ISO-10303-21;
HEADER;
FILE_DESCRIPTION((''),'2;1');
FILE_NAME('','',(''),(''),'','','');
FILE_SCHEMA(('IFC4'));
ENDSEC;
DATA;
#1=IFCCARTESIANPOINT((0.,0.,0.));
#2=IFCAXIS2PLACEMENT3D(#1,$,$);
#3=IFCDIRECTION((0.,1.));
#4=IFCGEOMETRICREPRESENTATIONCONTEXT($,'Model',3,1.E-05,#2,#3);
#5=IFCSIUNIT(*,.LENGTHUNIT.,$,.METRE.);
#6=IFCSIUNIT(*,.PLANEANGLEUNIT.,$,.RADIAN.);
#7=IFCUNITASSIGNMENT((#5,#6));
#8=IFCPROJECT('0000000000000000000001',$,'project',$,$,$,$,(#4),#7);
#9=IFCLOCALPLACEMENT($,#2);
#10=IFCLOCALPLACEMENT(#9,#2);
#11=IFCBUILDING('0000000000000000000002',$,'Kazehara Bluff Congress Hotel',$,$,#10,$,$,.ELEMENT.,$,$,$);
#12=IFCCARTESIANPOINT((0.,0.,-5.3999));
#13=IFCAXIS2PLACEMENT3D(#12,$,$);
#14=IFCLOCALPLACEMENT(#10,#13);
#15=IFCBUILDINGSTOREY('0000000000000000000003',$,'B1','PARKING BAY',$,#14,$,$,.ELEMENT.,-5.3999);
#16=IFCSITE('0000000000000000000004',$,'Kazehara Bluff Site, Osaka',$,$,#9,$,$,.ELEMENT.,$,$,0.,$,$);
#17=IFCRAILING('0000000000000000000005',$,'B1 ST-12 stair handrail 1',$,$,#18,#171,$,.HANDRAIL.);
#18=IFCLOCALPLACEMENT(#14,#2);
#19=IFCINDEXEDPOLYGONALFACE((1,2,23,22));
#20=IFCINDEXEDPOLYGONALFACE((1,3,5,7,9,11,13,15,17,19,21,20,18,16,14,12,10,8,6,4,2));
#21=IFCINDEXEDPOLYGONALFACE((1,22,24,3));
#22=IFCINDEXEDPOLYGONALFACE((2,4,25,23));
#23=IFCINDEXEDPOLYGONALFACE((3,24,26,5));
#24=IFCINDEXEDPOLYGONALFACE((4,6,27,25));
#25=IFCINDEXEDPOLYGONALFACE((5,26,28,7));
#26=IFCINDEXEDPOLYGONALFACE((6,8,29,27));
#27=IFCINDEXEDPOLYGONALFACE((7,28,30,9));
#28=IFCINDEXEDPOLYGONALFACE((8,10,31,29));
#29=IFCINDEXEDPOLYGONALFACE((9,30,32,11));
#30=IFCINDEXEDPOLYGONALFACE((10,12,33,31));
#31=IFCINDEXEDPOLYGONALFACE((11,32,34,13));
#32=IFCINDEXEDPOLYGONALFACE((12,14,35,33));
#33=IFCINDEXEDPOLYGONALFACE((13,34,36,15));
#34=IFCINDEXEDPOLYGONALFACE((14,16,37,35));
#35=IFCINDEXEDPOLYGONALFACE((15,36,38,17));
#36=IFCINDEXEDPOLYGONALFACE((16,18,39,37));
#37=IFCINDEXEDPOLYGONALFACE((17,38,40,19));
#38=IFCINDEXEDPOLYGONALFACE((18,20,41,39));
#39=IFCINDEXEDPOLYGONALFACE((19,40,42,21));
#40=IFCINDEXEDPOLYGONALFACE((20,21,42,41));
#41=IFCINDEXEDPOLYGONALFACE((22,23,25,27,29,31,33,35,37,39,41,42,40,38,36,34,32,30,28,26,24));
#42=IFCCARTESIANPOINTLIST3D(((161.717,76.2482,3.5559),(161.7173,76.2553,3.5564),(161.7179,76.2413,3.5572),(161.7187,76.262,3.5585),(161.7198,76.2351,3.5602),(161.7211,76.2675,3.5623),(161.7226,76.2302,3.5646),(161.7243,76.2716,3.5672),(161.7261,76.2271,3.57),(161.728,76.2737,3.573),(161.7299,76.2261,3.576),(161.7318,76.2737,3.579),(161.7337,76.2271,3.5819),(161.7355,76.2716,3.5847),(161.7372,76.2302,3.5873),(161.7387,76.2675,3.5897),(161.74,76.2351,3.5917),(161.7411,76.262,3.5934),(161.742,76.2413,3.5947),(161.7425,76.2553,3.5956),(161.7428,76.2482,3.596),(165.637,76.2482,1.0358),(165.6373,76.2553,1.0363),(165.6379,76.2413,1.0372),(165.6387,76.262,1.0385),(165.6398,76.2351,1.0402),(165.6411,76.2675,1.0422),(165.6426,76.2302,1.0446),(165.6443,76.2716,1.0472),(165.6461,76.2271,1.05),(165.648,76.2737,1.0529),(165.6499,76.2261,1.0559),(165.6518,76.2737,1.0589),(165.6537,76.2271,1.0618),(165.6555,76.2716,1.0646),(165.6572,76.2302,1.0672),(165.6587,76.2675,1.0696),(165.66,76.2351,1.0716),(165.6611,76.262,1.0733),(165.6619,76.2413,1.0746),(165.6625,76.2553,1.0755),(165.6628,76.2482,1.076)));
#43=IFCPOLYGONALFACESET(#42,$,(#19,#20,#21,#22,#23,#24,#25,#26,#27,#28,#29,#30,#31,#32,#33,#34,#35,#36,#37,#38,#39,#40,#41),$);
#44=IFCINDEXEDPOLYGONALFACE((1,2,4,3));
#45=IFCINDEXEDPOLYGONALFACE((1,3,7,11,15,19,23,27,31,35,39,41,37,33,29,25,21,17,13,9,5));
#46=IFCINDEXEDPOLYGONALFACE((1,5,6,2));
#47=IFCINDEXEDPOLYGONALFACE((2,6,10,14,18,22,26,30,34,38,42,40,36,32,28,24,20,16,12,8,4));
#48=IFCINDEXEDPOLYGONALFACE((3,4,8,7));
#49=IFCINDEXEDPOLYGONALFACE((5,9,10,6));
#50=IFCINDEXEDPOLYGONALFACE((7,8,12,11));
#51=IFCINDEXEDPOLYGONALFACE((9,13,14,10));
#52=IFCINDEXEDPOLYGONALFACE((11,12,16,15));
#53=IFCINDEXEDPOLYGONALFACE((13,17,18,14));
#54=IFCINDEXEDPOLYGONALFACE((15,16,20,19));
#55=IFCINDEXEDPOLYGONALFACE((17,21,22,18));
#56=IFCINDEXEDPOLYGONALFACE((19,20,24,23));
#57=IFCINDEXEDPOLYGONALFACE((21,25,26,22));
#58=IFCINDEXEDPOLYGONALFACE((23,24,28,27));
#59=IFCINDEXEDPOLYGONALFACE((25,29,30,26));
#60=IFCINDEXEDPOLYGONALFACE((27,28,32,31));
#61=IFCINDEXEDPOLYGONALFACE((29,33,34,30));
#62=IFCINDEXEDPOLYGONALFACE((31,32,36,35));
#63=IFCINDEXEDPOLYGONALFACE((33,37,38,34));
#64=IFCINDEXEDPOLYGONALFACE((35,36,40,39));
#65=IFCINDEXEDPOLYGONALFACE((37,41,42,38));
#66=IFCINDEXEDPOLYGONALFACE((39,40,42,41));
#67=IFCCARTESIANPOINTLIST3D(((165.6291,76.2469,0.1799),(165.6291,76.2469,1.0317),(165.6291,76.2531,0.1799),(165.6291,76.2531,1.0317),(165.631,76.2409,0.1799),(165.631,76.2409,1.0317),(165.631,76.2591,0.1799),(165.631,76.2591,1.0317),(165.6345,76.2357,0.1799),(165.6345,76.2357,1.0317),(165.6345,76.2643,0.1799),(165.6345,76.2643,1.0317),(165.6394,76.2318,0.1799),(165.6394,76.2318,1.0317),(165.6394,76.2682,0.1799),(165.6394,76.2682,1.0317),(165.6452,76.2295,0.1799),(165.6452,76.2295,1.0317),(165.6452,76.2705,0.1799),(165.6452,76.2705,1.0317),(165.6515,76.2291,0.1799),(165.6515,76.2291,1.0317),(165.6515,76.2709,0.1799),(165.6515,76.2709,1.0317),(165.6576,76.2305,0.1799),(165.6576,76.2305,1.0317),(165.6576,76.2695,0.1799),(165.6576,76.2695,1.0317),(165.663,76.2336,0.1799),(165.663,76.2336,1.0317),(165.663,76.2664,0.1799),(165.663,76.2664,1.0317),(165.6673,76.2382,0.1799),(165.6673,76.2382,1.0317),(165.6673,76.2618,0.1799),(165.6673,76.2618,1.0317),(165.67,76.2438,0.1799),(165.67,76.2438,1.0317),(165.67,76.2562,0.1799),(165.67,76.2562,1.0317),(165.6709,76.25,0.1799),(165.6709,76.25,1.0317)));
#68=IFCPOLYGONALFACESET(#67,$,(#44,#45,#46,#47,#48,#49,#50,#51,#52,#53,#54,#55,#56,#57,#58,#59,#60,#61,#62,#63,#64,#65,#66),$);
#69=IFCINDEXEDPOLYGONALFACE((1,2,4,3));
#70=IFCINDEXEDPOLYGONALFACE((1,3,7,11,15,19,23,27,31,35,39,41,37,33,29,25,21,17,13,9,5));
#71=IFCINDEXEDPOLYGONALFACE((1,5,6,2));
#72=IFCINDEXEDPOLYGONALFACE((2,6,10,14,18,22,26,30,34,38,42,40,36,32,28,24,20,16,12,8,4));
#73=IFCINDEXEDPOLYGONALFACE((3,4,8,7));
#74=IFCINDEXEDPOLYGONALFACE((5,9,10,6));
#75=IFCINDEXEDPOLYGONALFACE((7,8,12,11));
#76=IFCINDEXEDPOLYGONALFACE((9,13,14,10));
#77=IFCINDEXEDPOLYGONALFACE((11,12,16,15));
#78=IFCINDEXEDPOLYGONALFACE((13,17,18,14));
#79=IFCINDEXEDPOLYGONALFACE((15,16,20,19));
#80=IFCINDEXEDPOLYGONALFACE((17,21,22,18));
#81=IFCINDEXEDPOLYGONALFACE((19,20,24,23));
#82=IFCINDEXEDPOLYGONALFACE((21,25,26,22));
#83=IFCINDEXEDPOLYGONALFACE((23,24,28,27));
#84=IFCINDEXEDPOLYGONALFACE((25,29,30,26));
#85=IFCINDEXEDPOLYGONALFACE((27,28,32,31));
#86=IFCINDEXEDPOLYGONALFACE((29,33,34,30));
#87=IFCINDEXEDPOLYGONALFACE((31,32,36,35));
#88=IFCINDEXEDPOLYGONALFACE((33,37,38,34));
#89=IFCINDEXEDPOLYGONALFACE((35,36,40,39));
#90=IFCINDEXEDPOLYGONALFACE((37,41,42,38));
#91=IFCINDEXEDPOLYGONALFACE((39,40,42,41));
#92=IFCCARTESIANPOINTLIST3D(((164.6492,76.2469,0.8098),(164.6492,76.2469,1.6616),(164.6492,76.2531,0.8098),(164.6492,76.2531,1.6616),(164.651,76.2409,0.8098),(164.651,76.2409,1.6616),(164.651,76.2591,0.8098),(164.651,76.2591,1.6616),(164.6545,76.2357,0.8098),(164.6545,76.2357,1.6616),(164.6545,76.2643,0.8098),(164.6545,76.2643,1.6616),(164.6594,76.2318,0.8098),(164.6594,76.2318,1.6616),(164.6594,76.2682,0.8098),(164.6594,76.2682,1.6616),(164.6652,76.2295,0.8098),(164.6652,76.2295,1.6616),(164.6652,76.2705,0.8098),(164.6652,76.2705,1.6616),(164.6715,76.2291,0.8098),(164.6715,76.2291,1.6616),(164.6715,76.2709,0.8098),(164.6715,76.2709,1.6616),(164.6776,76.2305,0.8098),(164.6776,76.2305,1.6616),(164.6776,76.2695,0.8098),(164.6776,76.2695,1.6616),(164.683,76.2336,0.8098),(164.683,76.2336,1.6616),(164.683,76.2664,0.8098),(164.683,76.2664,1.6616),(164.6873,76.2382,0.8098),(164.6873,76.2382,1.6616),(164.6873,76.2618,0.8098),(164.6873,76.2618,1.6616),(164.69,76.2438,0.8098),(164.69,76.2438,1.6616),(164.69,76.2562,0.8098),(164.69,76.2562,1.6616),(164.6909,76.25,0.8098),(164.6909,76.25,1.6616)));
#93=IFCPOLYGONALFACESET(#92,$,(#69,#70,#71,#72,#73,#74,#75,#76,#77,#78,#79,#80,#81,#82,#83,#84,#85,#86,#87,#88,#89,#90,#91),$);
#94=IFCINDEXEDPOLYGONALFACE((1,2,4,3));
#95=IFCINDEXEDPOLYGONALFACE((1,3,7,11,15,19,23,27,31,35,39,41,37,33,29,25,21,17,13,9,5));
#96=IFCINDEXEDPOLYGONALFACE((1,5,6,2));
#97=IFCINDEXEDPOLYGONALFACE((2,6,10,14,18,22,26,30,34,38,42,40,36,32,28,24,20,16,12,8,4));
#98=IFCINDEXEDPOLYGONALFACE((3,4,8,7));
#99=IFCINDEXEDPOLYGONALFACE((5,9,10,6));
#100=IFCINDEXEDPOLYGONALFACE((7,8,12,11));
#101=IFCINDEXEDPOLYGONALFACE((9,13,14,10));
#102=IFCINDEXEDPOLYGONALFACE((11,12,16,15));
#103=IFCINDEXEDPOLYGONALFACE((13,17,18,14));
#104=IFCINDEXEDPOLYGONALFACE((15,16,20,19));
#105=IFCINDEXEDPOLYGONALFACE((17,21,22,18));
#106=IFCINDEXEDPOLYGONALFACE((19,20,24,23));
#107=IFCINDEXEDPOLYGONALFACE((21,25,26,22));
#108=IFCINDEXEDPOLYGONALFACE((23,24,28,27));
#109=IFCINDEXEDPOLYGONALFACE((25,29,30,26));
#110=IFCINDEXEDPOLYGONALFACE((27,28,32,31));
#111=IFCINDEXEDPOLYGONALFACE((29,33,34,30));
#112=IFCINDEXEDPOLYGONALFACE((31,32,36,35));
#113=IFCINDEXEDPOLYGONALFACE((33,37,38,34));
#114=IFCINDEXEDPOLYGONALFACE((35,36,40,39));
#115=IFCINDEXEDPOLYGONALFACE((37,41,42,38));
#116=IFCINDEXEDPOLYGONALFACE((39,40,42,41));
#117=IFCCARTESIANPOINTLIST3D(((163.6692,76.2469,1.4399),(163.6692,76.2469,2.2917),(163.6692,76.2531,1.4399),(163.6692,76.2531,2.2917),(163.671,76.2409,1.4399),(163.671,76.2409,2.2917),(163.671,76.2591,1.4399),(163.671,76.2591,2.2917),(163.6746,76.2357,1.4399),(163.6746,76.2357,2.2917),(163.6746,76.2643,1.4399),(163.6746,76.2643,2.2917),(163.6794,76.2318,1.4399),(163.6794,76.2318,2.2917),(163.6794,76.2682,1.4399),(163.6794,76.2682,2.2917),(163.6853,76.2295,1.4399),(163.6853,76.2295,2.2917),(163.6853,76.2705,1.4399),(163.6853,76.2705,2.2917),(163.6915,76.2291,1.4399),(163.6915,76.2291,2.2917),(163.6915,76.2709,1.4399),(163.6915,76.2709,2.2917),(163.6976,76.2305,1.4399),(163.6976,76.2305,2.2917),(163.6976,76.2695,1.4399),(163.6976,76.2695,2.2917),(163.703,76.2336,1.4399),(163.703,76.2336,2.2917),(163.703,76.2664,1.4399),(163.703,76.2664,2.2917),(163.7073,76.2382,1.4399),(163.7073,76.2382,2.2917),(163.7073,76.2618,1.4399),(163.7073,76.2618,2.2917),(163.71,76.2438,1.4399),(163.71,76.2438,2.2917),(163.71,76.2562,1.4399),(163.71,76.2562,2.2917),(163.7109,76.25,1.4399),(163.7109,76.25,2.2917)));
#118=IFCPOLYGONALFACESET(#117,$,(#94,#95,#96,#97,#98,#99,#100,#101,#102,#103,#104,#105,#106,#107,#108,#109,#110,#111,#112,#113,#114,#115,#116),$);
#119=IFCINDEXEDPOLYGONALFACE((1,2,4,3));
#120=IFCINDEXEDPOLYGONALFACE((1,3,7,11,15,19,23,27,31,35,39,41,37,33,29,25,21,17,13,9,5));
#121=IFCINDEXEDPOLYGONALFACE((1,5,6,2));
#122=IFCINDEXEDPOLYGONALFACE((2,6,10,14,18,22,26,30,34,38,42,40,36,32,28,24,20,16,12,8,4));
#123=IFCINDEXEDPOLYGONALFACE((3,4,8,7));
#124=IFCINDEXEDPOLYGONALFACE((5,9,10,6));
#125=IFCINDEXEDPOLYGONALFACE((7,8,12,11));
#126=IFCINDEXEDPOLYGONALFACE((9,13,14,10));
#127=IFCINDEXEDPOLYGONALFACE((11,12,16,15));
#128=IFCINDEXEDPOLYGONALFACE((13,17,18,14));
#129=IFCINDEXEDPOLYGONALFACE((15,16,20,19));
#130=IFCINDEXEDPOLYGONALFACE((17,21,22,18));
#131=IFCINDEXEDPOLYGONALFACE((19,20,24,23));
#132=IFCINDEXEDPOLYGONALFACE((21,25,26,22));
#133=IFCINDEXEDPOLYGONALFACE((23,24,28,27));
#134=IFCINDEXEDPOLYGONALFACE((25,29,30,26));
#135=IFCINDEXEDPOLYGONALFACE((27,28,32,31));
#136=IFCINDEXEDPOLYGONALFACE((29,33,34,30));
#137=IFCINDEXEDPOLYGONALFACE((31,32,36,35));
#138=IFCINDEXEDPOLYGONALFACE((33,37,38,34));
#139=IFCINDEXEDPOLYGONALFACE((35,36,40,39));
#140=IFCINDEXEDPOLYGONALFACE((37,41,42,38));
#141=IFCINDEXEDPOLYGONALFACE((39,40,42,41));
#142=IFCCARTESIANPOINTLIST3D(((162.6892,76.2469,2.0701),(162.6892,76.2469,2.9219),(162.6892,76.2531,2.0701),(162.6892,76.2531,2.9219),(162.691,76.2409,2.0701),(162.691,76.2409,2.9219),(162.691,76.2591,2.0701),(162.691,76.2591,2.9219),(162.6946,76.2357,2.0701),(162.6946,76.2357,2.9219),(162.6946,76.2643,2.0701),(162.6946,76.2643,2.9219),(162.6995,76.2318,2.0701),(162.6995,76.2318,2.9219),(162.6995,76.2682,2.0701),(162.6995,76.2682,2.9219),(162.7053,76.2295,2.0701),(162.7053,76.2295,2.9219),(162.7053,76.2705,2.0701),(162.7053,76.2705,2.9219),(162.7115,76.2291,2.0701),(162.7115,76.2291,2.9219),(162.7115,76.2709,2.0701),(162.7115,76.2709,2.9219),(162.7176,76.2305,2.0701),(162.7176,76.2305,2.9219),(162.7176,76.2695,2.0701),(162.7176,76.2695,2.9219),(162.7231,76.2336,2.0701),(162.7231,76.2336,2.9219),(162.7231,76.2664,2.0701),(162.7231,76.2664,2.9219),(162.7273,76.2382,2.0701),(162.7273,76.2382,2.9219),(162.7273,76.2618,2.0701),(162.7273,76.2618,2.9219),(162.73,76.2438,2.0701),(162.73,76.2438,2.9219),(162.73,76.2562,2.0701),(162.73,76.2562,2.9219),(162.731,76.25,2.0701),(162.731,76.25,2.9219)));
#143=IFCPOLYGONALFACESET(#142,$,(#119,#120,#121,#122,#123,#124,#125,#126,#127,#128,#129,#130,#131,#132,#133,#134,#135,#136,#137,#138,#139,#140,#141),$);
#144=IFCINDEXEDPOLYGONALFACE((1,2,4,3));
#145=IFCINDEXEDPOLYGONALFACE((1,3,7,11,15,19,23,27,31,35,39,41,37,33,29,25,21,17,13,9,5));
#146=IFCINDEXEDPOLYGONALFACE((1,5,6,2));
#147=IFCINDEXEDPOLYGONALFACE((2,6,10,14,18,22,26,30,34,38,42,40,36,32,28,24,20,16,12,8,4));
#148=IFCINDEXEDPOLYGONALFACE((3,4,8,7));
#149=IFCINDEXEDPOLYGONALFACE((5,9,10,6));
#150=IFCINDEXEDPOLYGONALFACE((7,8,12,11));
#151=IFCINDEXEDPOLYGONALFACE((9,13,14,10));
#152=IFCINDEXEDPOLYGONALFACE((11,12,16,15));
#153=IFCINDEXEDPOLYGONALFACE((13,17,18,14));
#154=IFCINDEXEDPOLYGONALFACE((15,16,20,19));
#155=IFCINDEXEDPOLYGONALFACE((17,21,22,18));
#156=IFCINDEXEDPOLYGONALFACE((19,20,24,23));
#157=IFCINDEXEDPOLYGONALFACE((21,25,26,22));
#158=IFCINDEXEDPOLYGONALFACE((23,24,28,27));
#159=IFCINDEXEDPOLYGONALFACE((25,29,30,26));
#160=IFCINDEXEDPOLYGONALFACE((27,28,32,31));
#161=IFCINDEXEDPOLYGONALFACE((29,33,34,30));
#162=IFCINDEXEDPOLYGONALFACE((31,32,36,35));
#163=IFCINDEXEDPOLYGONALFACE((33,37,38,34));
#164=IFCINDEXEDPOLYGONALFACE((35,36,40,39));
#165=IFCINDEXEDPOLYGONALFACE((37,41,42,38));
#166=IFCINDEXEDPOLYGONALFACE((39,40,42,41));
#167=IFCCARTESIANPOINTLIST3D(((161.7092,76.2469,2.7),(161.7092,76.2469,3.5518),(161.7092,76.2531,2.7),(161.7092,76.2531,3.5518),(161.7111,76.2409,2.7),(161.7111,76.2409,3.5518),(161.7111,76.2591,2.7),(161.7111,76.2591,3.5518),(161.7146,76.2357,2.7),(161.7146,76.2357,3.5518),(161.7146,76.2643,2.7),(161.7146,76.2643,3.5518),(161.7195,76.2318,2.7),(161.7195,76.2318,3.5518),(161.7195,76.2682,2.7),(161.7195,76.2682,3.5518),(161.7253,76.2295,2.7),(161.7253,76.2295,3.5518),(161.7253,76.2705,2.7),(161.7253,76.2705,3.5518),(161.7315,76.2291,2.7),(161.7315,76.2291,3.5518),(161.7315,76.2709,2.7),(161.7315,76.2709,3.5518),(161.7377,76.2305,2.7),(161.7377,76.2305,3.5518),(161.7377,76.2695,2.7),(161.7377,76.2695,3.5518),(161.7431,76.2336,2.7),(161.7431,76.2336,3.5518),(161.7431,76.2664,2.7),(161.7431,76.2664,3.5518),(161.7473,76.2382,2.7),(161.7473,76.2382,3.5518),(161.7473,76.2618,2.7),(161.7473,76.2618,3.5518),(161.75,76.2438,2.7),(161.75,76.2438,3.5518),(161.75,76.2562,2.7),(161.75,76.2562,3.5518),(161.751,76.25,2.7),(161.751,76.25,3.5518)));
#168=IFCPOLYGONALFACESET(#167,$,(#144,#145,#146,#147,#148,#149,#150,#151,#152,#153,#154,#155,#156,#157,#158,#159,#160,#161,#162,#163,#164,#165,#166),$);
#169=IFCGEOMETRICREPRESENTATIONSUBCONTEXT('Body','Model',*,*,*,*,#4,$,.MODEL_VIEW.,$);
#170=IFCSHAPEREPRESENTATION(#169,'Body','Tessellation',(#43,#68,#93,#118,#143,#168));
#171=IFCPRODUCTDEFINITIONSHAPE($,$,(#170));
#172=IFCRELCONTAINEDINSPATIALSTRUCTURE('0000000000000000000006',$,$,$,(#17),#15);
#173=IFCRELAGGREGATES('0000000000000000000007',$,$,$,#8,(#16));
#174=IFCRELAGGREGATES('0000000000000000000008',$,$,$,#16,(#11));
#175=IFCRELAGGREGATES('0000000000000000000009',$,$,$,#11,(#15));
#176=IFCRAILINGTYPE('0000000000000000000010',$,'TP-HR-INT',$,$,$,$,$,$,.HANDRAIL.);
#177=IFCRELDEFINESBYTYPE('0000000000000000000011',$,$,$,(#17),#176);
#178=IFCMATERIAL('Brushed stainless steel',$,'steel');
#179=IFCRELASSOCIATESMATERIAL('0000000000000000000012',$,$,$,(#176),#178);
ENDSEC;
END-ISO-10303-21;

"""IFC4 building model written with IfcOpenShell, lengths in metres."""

from ifc_helpers import new_model, si_unit, direction, frame, origin, origin_2d, place, context, subcontext, project, spatial, circle, extrude, material, type_object, element, save


model = new_model("IFC4")

# Units and contexts
model_context = context("Model", 3, precision=1e-05, world=origin(), true_north=direction((0.0, 1.0)))
body_context = subcontext(model_context, "Body", "Model", "MODEL_VIEW")
ifc_project = project(units=[si_unit("LENGTHUNIT", "METRE"), si_unit("PLANEANGLEUNIT", "RADIAN")], contexts=[model_context])

# Site, building, storey
site_placement = place(None, origin())
site = spatial("IfcSite", under=ifc_project, at=site_placement, Name="Kazehara Bluff Site, Osaka", CompositionType="ELEMENT", RefElevation=0.0)
building_placement = place(site_placement, origin())
building = spatial("IfcBuilding", under=site, at=building_placement, Name="Kazehara Bluff Congress Hotel", CompositionType="ELEMENT")
storey_placement = place(building_placement, frame((0.0, 0.0, -5.3999)))
storey = spatial("IfcBuildingStorey", under=building, at=storey_placement, Name="B1", Description="PARKING BAY", CompositionType="ELEMENT", Elevation=-5.3999)

# Railing
ifc_material_1 = material(Name="Brushed stainless steel", Category="steel")
railing_type_1 = type_object("IfcRailingType", Name="TP-HR-INT", PredefinedType="HANDRAIL", material=ifc_material_1)
railing_1_placement = place(storey_placement, frame((165.6499, 76.25, 0.1799)))
element("IfcRailing", 1, at=railing_1_placement, inside=storey, type_object=railing_type_1, Name="B1 ST-12 stair handrail 1", PredefinedType="HANDRAIL", context=body_context, shape_type="SweptSolid", body=[
    extrude(circle(Radius=0.0239, at=origin_2d()), frame((0.0, 0.0, 0.876), z_axis=(-0.841172, 0.0, 0.540768), x_axis=(0.0, -1.0, 0.0)), (0.0, 0.0, 1.0), 4.6602),
    extrude(circle(Radius=0.021, at=origin_2d()), origin(), (0.0, 0.0, 1.0), 0.8518),
    extrude(circle(Radius=0.021, at=origin_2d()), frame((-0.98, 0.0, 0.6299)), (0.0, 0.0, 1.0), 0.8518),
    extrude(circle(Radius=0.021, at=origin_2d()), frame((-1.96, 0.0, 1.26)), (0.0, 0.0, 1.0), 0.8518),
    extrude(circle(Radius=0.021, at=origin_2d()), frame((-2.9399, 0.0, 1.8901)), (0.0, 0.0, 1.0), 0.8518),
    extrude(circle(Radius=0.021, at=origin_2d()), frame((-3.9199, 0.0, 2.52)), (0.0, 0.0, 1.0), 0.8518),
])

save(model, "model.ifc")
